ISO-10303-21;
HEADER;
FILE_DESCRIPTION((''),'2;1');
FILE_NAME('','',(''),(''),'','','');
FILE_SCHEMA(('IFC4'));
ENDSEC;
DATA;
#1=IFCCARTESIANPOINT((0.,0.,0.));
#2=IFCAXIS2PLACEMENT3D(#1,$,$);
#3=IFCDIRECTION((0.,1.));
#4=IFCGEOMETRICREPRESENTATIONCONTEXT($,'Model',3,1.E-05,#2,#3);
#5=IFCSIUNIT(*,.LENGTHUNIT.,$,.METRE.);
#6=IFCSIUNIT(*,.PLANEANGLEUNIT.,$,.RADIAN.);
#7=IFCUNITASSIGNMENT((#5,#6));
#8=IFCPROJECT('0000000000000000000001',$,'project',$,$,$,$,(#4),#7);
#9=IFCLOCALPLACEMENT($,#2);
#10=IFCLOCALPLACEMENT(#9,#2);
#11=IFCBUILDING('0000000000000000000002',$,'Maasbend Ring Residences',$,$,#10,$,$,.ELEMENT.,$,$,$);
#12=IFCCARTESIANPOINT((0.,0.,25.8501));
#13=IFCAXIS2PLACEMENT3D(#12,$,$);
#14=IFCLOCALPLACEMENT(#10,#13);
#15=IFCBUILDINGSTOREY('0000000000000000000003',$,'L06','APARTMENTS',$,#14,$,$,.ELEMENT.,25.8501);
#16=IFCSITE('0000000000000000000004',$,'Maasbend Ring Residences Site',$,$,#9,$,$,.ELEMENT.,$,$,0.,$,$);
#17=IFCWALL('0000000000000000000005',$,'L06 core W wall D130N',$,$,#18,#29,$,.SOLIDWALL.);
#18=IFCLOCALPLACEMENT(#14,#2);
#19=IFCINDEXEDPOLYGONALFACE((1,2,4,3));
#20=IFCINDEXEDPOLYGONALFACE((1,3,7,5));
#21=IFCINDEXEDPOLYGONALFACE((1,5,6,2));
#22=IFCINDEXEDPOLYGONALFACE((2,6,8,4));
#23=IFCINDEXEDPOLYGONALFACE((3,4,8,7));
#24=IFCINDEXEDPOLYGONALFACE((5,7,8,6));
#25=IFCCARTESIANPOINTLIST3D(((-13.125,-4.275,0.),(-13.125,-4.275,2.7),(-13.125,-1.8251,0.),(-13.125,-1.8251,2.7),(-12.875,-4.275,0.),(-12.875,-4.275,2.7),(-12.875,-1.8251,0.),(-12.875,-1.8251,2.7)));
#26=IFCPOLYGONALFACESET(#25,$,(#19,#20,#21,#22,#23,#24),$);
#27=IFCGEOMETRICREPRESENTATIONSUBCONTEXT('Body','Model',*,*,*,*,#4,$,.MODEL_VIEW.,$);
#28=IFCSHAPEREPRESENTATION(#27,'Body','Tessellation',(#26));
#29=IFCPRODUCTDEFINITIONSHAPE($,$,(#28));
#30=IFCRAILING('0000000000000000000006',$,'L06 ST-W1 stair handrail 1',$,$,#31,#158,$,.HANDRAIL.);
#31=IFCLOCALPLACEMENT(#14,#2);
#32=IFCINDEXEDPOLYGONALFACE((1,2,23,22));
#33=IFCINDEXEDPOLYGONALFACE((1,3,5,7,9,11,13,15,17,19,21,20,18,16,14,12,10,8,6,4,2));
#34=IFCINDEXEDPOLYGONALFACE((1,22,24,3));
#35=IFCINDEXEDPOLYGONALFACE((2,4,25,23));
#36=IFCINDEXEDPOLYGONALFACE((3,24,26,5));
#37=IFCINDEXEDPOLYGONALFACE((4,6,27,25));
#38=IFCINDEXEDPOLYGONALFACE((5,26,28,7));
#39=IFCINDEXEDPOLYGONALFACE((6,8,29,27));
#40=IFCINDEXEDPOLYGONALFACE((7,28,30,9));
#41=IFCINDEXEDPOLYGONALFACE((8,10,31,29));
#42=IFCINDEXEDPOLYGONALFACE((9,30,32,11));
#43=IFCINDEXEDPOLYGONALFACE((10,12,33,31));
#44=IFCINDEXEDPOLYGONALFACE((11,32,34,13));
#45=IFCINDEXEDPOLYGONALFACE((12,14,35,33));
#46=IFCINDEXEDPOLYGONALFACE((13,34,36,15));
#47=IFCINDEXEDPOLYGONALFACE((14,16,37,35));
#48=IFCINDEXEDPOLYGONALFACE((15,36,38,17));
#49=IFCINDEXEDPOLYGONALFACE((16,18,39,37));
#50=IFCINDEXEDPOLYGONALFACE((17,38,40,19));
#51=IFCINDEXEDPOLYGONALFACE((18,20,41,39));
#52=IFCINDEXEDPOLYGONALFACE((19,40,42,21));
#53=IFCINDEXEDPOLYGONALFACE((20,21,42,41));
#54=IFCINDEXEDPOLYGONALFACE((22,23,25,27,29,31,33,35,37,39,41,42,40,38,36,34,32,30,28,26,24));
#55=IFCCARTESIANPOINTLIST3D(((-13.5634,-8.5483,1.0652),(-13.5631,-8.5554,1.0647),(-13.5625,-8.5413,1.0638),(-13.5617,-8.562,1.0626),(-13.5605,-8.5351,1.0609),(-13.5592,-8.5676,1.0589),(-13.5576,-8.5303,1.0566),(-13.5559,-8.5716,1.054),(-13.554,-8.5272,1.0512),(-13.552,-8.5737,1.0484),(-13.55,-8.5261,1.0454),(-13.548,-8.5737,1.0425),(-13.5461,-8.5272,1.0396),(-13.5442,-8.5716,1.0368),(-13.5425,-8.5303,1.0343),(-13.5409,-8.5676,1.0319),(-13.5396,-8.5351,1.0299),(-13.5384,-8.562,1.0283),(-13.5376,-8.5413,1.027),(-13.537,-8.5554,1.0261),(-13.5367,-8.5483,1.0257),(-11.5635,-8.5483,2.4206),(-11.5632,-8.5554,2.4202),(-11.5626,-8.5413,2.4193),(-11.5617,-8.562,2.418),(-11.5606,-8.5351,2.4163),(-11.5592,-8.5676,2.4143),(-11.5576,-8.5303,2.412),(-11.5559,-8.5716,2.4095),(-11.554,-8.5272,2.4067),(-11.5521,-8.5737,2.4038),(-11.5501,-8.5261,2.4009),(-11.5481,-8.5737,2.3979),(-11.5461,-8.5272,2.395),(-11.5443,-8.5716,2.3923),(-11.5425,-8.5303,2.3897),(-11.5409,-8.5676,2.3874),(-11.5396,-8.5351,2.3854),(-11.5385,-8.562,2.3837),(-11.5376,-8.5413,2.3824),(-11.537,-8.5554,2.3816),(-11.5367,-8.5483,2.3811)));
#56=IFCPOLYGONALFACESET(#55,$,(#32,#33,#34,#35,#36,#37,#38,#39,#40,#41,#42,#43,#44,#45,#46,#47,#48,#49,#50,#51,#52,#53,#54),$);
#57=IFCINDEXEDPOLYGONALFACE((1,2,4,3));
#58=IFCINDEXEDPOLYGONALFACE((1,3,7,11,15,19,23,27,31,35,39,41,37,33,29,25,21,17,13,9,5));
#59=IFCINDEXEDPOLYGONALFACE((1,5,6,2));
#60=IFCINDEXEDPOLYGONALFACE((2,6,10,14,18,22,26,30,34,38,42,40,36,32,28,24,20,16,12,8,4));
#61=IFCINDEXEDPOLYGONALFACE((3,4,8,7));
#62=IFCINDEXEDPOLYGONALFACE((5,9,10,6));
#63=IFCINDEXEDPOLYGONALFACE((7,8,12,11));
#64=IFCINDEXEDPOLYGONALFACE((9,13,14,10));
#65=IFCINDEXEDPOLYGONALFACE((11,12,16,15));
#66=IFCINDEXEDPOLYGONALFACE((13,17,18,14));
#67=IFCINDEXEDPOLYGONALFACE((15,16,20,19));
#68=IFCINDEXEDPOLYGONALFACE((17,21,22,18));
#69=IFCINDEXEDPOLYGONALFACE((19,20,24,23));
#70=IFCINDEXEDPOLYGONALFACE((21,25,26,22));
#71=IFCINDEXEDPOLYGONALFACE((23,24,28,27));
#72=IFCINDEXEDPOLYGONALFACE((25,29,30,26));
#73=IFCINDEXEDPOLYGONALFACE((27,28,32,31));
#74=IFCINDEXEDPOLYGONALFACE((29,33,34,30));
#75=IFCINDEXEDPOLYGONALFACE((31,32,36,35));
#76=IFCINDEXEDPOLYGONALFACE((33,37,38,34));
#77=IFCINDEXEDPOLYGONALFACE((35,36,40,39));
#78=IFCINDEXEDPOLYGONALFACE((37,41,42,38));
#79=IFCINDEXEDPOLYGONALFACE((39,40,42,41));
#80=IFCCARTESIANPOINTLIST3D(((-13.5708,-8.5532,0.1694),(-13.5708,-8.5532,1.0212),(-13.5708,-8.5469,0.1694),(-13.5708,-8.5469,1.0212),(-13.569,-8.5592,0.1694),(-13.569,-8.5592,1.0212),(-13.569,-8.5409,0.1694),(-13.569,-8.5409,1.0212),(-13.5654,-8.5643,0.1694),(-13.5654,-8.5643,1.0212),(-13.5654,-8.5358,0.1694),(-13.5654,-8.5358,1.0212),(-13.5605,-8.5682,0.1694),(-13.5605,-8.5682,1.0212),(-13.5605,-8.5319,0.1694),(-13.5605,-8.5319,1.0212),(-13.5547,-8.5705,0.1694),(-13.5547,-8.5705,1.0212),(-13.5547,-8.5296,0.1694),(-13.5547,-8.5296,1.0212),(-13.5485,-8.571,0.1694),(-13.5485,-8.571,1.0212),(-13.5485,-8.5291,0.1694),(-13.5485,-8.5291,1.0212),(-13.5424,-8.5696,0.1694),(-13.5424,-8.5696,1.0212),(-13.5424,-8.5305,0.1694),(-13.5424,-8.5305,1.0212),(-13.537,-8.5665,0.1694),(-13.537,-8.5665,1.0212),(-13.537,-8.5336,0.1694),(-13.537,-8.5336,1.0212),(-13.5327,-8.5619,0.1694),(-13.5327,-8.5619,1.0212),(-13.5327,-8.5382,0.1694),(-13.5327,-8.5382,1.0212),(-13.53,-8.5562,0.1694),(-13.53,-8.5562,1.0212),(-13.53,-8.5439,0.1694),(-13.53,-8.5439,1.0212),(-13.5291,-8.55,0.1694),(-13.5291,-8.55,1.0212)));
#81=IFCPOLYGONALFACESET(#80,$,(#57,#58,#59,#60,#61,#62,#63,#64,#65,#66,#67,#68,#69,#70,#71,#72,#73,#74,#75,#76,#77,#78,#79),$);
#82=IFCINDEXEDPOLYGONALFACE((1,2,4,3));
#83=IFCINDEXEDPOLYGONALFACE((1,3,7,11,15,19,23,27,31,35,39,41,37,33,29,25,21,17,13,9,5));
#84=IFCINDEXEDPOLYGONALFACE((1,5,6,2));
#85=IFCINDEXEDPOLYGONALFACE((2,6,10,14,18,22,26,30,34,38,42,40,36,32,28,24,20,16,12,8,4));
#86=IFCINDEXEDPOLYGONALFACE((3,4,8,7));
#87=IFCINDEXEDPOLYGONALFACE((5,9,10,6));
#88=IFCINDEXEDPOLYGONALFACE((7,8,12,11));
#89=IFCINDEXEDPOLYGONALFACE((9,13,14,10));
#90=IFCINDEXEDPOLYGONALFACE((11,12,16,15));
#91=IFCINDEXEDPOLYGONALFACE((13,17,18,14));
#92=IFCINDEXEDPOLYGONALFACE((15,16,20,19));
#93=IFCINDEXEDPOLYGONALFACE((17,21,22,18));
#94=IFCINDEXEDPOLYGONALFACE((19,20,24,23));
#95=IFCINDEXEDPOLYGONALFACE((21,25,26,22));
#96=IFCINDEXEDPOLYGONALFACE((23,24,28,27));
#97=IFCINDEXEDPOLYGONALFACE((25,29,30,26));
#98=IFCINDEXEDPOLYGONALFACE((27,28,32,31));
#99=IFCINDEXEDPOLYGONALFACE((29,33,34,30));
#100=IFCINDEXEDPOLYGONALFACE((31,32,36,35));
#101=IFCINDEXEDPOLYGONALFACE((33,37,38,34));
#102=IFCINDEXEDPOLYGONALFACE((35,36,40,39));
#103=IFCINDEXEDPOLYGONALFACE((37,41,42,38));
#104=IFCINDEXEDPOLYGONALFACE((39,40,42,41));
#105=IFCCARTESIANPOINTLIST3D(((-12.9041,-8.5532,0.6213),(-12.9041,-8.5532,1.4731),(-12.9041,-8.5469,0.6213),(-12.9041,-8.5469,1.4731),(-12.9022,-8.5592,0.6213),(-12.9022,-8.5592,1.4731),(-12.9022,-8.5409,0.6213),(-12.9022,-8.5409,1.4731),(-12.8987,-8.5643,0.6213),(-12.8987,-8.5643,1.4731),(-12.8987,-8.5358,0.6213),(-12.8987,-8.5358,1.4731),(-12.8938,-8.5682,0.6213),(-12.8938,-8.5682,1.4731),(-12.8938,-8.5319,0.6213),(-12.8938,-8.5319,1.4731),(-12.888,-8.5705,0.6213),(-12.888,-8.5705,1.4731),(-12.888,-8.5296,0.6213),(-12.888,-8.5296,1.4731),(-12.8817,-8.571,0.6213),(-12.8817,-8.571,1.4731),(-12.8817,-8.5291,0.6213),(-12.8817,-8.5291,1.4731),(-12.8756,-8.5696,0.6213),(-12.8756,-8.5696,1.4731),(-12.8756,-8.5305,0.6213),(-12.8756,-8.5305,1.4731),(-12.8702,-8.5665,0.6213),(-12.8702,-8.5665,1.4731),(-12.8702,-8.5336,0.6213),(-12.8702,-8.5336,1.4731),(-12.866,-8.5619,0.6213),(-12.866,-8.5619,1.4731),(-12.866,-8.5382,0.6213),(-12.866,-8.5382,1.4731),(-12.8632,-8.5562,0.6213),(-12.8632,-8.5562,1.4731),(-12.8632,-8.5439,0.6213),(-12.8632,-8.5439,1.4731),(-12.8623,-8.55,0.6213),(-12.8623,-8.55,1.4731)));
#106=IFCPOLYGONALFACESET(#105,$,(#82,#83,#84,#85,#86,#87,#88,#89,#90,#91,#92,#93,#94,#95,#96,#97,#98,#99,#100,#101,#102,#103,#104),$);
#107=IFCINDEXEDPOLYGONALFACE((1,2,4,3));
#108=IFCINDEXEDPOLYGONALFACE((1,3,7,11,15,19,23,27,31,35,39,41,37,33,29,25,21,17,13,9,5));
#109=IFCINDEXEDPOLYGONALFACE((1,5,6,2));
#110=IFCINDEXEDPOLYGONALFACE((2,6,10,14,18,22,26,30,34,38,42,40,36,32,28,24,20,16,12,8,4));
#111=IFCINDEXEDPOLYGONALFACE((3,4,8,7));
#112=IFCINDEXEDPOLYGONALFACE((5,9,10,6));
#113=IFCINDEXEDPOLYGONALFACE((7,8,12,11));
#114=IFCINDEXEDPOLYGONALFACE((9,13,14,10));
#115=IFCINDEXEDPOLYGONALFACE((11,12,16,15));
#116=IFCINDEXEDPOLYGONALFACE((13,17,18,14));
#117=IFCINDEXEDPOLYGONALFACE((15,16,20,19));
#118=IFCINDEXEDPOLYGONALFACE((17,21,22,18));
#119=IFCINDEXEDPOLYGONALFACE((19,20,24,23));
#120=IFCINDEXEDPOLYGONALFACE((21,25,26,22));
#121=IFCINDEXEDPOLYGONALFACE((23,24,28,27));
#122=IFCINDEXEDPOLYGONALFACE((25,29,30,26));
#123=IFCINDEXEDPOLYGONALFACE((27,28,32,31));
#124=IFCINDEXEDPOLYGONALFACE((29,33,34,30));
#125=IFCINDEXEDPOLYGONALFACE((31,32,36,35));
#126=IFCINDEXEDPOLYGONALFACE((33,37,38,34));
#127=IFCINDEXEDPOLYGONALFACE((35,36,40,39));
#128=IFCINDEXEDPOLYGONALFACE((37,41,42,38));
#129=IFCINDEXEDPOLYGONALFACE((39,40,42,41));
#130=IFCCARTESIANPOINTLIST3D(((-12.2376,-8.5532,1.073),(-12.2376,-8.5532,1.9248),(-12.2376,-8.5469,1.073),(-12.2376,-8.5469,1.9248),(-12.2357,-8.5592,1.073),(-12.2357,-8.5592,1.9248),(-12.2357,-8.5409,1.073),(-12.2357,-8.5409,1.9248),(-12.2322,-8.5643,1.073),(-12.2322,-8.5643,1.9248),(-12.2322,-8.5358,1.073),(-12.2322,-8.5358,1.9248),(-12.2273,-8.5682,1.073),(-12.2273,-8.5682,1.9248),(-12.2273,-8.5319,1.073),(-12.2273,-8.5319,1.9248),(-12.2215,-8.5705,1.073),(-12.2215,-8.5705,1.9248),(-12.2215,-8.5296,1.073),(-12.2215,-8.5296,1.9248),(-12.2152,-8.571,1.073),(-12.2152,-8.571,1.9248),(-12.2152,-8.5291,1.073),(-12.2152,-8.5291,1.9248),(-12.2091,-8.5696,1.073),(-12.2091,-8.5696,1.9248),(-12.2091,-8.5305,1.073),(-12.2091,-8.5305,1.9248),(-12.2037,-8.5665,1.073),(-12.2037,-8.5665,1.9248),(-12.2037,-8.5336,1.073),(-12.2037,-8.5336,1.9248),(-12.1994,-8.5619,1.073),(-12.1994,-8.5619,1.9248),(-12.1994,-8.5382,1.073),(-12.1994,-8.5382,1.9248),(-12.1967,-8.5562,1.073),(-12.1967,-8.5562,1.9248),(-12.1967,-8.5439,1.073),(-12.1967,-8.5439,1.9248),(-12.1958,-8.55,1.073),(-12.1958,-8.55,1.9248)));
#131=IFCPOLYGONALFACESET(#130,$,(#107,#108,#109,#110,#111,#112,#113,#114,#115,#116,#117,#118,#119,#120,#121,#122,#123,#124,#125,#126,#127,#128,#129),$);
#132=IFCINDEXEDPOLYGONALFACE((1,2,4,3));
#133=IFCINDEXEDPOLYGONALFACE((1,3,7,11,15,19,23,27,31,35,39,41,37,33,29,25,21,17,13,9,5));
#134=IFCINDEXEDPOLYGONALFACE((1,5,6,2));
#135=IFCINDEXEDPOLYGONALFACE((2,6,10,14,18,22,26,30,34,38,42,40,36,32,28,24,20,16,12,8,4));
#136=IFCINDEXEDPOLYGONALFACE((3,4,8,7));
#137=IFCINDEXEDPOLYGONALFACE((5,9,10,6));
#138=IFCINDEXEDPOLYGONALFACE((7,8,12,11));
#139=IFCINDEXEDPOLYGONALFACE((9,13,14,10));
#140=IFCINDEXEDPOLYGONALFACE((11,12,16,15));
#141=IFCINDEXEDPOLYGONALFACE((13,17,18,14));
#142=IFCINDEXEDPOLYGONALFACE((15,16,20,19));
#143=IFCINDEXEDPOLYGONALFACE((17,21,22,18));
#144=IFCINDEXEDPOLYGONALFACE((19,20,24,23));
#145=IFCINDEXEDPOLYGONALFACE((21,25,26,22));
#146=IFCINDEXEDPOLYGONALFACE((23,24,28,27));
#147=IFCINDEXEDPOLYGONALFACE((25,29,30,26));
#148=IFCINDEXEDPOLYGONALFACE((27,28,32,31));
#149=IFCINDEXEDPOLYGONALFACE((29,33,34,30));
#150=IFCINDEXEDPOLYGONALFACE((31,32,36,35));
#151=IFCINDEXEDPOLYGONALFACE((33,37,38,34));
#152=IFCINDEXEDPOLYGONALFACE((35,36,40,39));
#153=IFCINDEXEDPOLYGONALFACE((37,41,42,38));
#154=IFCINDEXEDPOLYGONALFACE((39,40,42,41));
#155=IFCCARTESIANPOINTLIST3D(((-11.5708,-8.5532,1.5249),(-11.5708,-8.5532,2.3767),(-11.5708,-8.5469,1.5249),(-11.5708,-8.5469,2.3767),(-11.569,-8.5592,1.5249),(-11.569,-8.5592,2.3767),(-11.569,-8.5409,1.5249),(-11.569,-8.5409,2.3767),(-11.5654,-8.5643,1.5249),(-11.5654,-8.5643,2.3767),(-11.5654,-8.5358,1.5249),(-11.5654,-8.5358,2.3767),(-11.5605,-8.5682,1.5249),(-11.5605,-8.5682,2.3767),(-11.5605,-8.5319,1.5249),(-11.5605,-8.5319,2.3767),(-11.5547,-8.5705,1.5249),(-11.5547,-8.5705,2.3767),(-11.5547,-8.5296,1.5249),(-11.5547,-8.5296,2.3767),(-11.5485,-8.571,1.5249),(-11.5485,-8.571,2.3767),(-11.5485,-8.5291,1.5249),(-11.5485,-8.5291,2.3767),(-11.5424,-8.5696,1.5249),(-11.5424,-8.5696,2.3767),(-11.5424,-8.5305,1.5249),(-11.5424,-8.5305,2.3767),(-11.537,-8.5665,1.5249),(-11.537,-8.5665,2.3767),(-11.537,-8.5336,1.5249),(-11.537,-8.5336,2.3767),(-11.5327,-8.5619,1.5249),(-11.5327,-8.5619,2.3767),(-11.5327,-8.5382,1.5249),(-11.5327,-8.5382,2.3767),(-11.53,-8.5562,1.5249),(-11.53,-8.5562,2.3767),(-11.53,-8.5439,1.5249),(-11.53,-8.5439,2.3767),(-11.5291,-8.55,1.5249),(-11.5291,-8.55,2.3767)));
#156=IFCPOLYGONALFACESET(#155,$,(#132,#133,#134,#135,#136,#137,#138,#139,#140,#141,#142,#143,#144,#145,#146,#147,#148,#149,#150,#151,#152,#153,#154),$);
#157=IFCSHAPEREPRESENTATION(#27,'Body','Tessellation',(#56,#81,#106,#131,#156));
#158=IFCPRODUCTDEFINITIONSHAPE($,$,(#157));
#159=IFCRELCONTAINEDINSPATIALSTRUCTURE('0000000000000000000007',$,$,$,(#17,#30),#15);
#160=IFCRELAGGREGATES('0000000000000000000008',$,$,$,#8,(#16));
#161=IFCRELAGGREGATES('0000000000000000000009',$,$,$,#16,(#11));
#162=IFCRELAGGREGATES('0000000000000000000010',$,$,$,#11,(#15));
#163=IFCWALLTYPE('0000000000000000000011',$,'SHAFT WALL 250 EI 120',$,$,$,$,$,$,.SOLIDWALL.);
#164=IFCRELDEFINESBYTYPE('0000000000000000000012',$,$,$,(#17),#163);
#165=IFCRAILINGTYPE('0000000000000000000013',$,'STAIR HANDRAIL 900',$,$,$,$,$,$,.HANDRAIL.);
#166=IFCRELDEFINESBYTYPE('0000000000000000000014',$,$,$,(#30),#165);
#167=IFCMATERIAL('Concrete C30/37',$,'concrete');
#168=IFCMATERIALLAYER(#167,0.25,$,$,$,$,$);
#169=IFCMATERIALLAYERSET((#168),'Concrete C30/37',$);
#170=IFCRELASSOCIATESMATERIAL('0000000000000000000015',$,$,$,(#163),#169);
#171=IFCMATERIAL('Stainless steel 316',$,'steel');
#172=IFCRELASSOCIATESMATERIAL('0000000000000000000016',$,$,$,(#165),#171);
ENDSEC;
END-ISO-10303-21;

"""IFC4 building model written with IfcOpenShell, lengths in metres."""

from ifc_helpers import new_model, si_unit, direction, frame, frame_2d, origin, origin_2d, place, context, subcontext, project, spatial, rectangle, circle, extrude, material, layer, layer_set, type_object, element, save


model = new_model("IFC4")

# Units and contexts
model_context = context("Model", 3, precision=1e-05, world=origin(), true_north=direction((0.0, 1.0)))
body_context = subcontext(model_context, "Body", "Model", "MODEL_VIEW")
ifc_project = project(units=[si_unit("LENGTHUNIT", "METRE"), si_unit("PLANEANGLEUNIT", "RADIAN")], contexts=[model_context])

# Site, building, storey
site_placement = place(None, origin())
site = spatial("IfcSite", under=ifc_project, at=site_placement, Name="Maasbend Ring Residences Site", CompositionType="ELEMENT", RefElevation=0.0)
building_placement = place(site_placement, origin())
building = spatial("IfcBuilding", under=site, at=building_placement, Name="Maasbend Ring Residences", CompositionType="ELEMENT")
storey_placement = place(building_placement, frame((0.0, 0.0, 25.8501)))
storey = spatial("IfcBuildingStorey", under=building, at=storey_placement, Name="L06", Description="APARTMENTS", CompositionType="ELEMENT", Elevation=25.8501)

# Wall
ifc_material_1 = material(Name="Concrete C30/37", Category="concrete")
ifc_layer_1 = layer(ifc_material_1, 0.25)
ifc_layer_set_1 = layer_set([ifc_layer_1], Name="Concrete C30/37")
wall_type_1 = type_object("IfcWallType", Name="SHAFT WALL 250 EI 120", PredefinedType="SOLIDWALL", material=ifc_layer_set_1)
for number, where, z_axis, x_axis, name in (
    (1, (-13.0, -1.825, 0.0), (0.0, 0.0, 1.0), (0.0, -1.0, 0.0), "L06 core W wall D130N"),
):
    element("IfcWall", number, at=place(storey_placement, frame(where, z_axis=z_axis, x_axis=x_axis)), inside=storey, type_object=wall_type_1, Name=name, PredefinedType="SOLIDWALL", context=body_context, shape_type="SweptSolid", body=[
        extrude(rectangle(XDim=2.45, YDim=0.25, at=frame_2d((1.2251, 0.0))), origin(), (0.0, 0.0, 1.0), 2.7),
    ])

# Railing
ifc_material_2 = material(Name="Stainless steel 316", Category="steel")
railing_type_1 = type_object("IfcRailingType", Name="STAIR HANDRAIL 900", PredefinedType="HANDRAIL", material=ifc_material_2)
railing_1_placement = place(storey_placement, frame((-13.55, -8.55, 0.1694)))
element("IfcRailing", 2, at=railing_1_placement, inside=storey, type_object=railing_type_1, Name="L06 ST-W1 stair handrail 1", PredefinedType="HANDRAIL", context=body_context, shape_type="SweptSolid", body=[
    extrude(circle(Radius=0.0239, at=origin_2d()), frame((0.0, 0.0, 0.876), z_axis=(0.827798, 0.0, 0.561027), x_axis=(0.0, 1.0, 0.0)), (0.0, 0.0, 1.0), 2.416),
    extrude(circle(Radius=0.021, at=origin_2d()), origin(), (0.0, 0.0, 1.0), 0.8518),
    extrude(circle(Radius=0.021, at=origin_2d()), frame((0.6667, 0.0, 0.4519)), (0.0, 0.0, 1.0), 0.8518),
    extrude(circle(Radius=0.021, at=origin_2d()), frame((1.3333, 0.0, 0.9036)), (0.0, 0.0, 1.0), 0.8518),
    extrude(circle(Radius=0.021, at=origin_2d()), frame((2.0, 0.0, 1.3555)), (0.0, 0.0, 1.0), 0.8518),
])

save(model, "model.ifc")
